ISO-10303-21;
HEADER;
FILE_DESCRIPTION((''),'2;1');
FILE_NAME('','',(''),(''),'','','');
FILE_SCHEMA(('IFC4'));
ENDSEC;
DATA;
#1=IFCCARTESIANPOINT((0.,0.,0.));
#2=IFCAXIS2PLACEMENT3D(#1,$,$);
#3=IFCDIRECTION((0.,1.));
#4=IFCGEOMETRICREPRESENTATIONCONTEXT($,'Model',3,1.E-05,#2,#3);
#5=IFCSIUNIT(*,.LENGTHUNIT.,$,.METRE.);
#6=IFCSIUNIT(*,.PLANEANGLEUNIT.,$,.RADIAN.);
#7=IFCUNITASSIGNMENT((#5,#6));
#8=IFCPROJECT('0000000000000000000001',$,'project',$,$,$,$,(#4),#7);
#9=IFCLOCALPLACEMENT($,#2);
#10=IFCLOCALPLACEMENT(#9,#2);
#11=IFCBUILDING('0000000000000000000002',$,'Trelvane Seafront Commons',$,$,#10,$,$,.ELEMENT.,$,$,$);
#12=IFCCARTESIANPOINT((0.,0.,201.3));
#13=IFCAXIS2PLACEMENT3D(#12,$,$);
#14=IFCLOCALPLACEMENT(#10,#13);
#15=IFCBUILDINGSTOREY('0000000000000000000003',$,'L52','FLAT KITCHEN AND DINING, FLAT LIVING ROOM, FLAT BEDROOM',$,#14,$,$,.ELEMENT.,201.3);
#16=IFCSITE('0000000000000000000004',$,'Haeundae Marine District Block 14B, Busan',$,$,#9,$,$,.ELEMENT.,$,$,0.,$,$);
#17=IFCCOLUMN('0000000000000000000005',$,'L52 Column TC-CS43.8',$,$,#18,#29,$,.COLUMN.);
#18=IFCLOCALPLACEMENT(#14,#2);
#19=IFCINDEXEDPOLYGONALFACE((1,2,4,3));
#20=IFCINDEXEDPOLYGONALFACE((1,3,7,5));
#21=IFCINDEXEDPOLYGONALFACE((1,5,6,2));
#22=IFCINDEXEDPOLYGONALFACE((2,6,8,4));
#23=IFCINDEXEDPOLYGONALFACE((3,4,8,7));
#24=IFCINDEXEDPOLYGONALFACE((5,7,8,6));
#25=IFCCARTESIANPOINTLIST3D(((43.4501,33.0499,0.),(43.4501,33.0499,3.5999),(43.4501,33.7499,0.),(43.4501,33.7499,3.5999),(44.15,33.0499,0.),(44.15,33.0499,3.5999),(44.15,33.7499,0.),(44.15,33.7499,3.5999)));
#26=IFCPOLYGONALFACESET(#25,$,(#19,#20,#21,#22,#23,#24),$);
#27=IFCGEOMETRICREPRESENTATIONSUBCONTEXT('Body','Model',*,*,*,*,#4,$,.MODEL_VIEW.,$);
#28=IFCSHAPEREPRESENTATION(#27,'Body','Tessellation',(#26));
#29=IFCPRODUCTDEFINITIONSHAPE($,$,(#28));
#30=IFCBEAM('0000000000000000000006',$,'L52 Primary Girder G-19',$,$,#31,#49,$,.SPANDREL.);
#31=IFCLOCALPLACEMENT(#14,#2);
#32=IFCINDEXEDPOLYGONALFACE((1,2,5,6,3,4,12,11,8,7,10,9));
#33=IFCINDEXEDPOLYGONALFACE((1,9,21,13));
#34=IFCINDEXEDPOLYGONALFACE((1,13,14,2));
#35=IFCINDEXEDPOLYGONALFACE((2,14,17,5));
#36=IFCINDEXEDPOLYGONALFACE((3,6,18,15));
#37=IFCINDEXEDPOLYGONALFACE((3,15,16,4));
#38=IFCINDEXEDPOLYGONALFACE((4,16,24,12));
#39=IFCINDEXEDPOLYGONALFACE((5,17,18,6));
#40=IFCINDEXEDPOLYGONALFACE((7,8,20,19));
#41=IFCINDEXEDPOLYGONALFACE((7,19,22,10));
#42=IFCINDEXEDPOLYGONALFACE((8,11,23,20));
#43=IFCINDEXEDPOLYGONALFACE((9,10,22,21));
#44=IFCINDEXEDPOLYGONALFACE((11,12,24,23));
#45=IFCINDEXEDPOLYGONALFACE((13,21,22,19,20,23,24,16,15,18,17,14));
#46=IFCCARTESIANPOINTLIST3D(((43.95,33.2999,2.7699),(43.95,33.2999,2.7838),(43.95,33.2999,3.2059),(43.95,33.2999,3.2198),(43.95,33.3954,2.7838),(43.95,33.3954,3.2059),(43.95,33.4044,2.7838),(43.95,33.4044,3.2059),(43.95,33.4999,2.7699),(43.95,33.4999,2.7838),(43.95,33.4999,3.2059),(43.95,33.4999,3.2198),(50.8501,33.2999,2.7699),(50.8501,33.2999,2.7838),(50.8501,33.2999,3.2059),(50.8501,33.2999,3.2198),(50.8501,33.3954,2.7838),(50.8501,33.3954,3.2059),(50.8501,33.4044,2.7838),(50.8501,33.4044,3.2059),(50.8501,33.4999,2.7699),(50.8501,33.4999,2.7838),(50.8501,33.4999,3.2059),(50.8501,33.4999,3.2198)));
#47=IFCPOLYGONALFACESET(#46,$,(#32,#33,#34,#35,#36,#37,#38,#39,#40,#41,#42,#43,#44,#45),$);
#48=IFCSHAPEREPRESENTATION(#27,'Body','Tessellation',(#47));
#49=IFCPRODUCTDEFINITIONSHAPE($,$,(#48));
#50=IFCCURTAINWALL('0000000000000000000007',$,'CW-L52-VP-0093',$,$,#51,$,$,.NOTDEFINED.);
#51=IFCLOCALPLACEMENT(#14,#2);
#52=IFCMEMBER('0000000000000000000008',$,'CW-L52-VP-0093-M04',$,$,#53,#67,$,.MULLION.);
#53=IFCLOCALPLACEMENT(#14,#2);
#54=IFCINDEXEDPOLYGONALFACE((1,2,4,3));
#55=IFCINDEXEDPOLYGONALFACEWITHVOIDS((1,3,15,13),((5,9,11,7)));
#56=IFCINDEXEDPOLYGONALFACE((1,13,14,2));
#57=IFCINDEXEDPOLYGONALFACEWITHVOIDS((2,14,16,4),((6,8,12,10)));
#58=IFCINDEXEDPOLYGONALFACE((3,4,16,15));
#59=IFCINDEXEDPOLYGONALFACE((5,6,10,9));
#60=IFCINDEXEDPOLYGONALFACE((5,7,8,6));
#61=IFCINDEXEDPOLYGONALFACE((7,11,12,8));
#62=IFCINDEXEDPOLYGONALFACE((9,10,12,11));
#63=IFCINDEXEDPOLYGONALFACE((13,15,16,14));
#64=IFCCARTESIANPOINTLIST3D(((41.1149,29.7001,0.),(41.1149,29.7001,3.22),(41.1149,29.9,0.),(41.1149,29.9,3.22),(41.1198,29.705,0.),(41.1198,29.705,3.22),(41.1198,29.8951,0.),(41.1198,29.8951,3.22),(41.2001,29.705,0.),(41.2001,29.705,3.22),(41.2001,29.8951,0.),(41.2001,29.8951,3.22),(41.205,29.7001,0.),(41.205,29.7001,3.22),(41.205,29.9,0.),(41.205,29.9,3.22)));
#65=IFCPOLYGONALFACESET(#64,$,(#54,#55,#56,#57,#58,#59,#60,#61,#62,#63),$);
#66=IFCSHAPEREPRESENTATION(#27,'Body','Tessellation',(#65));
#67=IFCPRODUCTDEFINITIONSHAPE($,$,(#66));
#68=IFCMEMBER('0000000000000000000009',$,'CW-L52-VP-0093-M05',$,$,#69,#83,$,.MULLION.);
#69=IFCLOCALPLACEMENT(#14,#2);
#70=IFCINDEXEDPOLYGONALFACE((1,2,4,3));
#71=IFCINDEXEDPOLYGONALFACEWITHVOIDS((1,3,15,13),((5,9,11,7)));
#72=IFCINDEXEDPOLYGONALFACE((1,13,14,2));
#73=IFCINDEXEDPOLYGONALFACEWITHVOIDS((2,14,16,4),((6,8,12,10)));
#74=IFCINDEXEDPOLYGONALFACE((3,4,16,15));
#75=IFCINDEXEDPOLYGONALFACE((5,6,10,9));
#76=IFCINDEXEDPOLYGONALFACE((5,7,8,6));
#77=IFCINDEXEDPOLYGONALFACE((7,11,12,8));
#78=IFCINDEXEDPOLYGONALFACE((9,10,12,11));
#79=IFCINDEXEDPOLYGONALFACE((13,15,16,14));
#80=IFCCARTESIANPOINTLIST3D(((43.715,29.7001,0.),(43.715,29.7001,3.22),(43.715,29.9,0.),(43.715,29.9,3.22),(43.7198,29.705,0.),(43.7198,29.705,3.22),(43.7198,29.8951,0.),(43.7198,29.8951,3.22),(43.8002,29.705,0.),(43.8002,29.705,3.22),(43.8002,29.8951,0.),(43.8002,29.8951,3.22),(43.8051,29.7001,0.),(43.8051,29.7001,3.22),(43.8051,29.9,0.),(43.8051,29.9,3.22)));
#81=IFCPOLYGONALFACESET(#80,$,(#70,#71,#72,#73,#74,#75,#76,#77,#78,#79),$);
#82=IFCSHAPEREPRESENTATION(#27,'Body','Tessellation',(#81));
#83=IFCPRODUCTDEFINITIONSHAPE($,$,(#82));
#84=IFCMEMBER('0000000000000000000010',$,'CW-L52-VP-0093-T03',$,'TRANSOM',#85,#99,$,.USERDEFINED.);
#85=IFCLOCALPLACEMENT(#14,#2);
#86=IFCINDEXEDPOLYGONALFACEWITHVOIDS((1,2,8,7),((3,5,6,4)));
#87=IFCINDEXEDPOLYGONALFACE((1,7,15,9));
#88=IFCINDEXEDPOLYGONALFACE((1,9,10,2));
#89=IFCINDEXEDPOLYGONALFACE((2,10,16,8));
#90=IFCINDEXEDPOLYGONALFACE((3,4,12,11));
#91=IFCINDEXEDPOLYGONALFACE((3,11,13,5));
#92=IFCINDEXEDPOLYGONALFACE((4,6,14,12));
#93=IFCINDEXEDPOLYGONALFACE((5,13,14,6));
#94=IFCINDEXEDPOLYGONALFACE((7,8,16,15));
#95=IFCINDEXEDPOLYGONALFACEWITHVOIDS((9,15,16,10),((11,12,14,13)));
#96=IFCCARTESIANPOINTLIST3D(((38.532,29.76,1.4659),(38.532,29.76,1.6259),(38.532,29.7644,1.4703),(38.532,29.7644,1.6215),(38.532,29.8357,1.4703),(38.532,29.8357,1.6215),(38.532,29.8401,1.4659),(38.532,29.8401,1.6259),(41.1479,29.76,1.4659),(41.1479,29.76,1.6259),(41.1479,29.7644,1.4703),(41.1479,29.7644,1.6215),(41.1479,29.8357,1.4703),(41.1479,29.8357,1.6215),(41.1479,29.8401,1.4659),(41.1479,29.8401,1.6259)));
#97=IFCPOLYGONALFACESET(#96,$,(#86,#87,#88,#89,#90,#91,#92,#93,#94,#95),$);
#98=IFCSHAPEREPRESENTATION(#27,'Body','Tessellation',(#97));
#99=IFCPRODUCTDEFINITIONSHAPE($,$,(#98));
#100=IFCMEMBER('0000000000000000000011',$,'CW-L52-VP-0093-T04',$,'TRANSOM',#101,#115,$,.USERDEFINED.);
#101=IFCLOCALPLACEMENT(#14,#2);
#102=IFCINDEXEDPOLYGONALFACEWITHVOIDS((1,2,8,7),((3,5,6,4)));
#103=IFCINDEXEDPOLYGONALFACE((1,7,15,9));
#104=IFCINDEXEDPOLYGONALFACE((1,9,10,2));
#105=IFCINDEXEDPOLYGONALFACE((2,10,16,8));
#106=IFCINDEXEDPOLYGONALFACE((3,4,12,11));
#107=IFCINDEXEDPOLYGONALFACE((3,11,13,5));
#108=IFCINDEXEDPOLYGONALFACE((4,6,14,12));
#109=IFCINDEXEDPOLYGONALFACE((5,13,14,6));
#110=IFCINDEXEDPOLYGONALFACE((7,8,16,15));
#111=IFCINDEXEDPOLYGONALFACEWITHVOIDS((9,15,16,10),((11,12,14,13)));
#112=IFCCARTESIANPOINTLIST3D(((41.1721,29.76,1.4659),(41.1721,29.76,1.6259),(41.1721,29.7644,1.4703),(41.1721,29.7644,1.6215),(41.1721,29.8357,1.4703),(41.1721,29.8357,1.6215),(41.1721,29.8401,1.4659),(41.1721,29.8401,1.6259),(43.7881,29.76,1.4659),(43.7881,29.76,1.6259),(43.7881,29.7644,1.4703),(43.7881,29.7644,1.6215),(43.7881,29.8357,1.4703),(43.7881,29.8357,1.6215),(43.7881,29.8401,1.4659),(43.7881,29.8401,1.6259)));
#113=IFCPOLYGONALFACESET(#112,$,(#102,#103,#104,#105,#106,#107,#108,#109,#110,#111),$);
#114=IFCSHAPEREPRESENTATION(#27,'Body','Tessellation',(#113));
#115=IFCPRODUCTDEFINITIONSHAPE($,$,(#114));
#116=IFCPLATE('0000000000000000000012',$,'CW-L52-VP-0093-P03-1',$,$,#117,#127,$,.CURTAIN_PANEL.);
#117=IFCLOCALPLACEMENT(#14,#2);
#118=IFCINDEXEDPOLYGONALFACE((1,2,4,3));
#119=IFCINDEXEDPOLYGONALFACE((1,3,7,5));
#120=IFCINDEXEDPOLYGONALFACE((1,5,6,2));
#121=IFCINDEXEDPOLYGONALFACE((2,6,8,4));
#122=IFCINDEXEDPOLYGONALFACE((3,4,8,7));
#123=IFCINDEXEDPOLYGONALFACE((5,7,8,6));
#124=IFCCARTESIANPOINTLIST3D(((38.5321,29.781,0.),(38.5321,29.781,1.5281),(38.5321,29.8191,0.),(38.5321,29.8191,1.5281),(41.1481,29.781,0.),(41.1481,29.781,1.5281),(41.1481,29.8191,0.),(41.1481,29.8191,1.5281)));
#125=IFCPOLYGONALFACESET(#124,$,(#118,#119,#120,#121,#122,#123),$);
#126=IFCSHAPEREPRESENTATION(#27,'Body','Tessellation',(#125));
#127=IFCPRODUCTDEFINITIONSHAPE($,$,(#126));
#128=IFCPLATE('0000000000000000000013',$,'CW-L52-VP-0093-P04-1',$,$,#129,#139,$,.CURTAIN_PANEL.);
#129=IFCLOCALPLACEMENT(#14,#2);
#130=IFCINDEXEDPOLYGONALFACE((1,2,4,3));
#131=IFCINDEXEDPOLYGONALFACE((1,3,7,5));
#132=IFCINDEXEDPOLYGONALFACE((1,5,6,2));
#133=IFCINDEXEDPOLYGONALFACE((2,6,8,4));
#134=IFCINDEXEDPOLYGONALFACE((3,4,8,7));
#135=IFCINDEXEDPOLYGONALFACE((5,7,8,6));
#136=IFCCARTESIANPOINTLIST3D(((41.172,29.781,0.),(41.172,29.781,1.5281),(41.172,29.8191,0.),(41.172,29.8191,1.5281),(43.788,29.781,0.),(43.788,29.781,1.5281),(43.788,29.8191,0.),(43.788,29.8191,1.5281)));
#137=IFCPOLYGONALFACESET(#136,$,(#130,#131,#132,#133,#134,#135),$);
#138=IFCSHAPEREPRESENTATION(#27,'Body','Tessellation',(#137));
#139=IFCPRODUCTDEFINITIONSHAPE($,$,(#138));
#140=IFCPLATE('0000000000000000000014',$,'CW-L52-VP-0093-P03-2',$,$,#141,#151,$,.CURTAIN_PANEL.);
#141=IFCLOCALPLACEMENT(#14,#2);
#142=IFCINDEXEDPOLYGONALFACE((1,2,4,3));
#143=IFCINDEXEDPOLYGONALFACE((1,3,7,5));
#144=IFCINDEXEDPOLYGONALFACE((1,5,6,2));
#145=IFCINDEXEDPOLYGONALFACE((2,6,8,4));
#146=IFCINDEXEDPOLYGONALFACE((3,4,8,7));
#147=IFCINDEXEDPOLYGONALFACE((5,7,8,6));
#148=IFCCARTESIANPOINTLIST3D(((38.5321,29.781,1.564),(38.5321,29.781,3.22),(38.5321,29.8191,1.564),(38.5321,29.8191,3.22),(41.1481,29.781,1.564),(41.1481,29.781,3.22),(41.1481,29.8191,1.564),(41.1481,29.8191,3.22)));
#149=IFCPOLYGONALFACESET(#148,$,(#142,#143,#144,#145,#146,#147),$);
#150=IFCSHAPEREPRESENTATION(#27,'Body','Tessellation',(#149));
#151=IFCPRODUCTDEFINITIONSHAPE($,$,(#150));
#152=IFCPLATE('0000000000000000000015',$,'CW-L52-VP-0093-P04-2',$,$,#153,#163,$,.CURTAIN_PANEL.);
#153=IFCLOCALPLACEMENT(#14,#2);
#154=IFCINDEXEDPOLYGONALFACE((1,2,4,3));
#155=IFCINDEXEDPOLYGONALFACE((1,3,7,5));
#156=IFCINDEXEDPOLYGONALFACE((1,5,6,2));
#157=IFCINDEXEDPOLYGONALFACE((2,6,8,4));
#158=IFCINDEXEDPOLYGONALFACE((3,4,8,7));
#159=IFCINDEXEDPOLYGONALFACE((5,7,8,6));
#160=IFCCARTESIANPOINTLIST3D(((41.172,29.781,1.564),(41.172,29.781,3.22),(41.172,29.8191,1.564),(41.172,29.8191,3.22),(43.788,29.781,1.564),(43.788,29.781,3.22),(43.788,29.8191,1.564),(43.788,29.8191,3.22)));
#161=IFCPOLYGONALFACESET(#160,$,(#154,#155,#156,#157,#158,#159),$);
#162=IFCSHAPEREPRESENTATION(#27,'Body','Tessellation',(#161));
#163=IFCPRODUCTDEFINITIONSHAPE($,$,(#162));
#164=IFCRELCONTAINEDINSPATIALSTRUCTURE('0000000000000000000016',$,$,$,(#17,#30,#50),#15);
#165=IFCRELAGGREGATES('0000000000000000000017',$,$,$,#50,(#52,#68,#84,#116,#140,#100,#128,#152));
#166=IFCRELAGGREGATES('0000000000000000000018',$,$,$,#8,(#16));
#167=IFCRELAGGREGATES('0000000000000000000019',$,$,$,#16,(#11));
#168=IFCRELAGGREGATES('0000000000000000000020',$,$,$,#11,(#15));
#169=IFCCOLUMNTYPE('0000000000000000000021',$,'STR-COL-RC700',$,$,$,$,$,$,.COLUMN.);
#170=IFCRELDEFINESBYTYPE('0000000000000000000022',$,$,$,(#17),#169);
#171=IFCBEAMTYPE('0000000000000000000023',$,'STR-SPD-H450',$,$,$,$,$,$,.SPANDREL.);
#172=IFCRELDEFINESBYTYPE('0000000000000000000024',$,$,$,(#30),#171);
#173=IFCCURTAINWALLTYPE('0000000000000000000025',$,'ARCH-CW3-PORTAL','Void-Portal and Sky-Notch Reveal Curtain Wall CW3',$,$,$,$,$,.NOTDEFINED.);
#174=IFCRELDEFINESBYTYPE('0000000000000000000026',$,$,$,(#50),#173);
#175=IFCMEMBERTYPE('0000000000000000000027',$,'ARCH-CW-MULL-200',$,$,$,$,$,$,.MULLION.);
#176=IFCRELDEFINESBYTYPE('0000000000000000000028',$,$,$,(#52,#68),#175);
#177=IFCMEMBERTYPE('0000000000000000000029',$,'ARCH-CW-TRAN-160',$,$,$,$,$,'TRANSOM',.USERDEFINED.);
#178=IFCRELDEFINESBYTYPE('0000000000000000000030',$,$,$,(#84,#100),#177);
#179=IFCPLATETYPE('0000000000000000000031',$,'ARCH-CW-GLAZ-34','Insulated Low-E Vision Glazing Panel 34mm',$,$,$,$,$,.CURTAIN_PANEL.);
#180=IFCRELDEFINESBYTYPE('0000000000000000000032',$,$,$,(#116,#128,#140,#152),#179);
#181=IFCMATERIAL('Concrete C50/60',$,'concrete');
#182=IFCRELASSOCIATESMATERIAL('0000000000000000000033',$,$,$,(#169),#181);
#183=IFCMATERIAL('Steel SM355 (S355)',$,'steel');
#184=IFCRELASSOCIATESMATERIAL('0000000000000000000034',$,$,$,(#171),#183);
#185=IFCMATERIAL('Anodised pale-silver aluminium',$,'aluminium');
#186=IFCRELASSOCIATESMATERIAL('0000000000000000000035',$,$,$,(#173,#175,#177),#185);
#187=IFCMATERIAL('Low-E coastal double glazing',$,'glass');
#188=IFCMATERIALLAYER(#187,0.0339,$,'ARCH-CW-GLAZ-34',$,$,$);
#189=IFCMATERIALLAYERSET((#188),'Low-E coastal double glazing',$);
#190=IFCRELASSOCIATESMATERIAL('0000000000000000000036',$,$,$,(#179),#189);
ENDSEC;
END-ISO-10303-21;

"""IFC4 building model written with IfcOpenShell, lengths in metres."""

from ifc_helpers import new_model, si_unit, direction, frame, origin, origin_2d, place, context, subcontext, project, spatial, rectangle, hollow_rectangle, i_section, extrude, source, transform, mapped, material, layer, layer_set, material_profile, profile_set, type_object, element, aggregate, save


model = new_model("IFC4")

# Units and contexts
model_context = context("Model", 3, precision=1e-05, world=origin(), true_north=direction((0.0, 1.0)))
body_context = subcontext(model_context, "Body", "Model", "MODEL_VIEW")
ifc_project = project(units=[si_unit("LENGTHUNIT", "METRE"), si_unit("PLANEANGLEUNIT", "RADIAN")], contexts=[model_context])

# Site, building, storey
site_placement = place(None, origin())
site = spatial("IfcSite", under=ifc_project, at=site_placement, Name="Haeundae Marine District Block 14B, Busan", CompositionType="ELEMENT", RefElevation=0.0)
building_placement = place(site_placement, origin())
building = spatial("IfcBuilding", under=site, at=building_placement, Name="Trelvane Seafront Commons", CompositionType="ELEMENT")
storey_placement = place(building_placement, frame((0.0, 0.0, 201.3)))
storey = spatial("IfcBuildingStorey", under=building, at=storey_placement, Name="L52", Description="FLAT KITCHEN AND DINING, FLAT LIVING ROOM, FLAT BEDROOM", CompositionType="ELEMENT", Elevation=201.3)

# Column
ifc_material_1 = material(Name="Concrete C50/60", Category="concrete")
ifc_material_profile_1 = material_profile(ifc_material_1, rectangle(XDim=0.7, YDim=0.7, at=origin_2d()), Name="RC-700x700")
ifc_profile_set_1 = profile_set([ifc_material_profile_1], Name="Concrete C50/60")
column_type = type_object("IfcColumnType", Name="STR-COL-RC700", PredefinedType="COLUMN", material=ifc_profile_set_1)
shared_shape_1 = source(origin(), body_context, "Body", "SweptSolid", [
    extrude(rectangle(XDim=0.7, YDim=0.7, at=origin_2d()), origin(), (0.0, 0.0, 1.0), 3.5999),
])
column_placement = place(storey_placement, frame((43.8, 33.3999, 0.0), z_axis=(0.0, 0.0, 1.0), x_axis=(1.0, 0.0, 0.0)))
element("IfcColumn", 1, at=column_placement, inside=storey, type_object=column_type, Name="L52 Column TC-CS43.8", PredefinedType="COLUMN", context=body_context, shape_type="MappedRepresentation", body=[
    mapped(shared_shape_1, transform((0.0, 0.0, 0.0), x_axis=(1.0, 0.0, 0.0), y_axis=(0.0, 1.0, 0.0), z_axis=(0.0, 0.0, 1.0), scale=1.0)),
])

# Beam
ifc_material_2 = material(Name="Steel SM355 (S355)", Category="steel")
ifc_material_profile_2 = material_profile(ifc_material_2, i_section(OverallWidth=0.2, OverallDepth=0.45, WebThickness=0.009, FlangeThickness=0.0139, at=origin_2d()), Name="H-450x200x9x14")
ifc_profile_set_2 = profile_set([ifc_material_profile_2], Name="Steel SM355 (S355)")
beam_type = type_object("IfcBeamType", Name="STR-SPD-H450", PredefinedType="SPANDREL", material=ifc_profile_set_2)
shared_shape_2 = source(origin(), body_context, "Body", "SweptSolid", [
    extrude(i_section(OverallWidth=0.2, OverallDepth=0.45, WebThickness=0.009, FlangeThickness=0.0139, at=origin_2d()), origin(), (0.0, 0.0, 1.0), 6.9001),
])
beam_placement = place(storey_placement, frame((43.95, 33.3999, 2.9949), z_axis=(1.0, 0.0, 0.0), x_axis=(0.0, 1.0, 0.0)))
element("IfcBeam", 2, at=beam_placement, inside=storey, type_object=beam_type, Name="L52 Primary Girder G-19", PredefinedType="SPANDREL", context=body_context, shape_type="MappedRepresentation", body=[
    mapped(shared_shape_2, transform((0.0, 0.0, 0.0), x_axis=(1.0, 0.0, 0.0), y_axis=(0.0, 1.0, 0.0), z_axis=(0.0, 0.0, 1.0), scale=1.0)),
])

# Curtain wall, members, plates
ifc_material_3 = material(Name="Anodised pale-silver aluminium", Category="aluminium")
curtain_wall_type = type_object("IfcCurtainWallType", Name="ARCH-CW3-PORTAL", Description="Void-Portal and Sky-Notch Reveal Curtain Wall CW3", PredefinedType="NOTDEFINED", material=ifc_material_3)
curtain_wall_placement = place(storey_placement, origin())
curtain_wall = element("IfcCurtainWall", 3, at=curtain_wall_placement, inside=storey, type_object=curtain_wall_type, Name="CW-L52-VP-0093", PredefinedType="NOTDEFINED")
ifc_material_profile_3 = material_profile(ifc_material_3, hollow_rectangle(XDim=0.0901, YDim=0.2, WallThickness=0.0049, at=origin_2d()), Name="MULL-90x200x5")
ifc_profile_set_3 = profile_set([ifc_material_profile_3], Name="Anodised pale-silver aluminium")
member_type_1 = type_object("IfcMemberType", Name="ARCH-CW-MULL-200", PredefinedType="MULLION", material=ifc_profile_set_3)
shared_shape_3 = source(origin(), body_context, "Body", "SweptSolid", [
    extrude(hollow_rectangle(XDim=0.0901, YDim=0.2, WallThickness=0.0049, at=origin_2d()), origin(), (0.0, 0.0, 1.0), 3.22),
])
member_1_placement = place(storey_placement, frame((41.1599, 29.8, 0.0), z_axis=(0.0, 0.0, 1.0), x_axis=(1.0, 0.0, 0.0)))
member_1 = element("IfcMember", 4, at=member_1_placement, type_object=member_type_1, Name="CW-L52-VP-0093-M04", PredefinedType="MULLION", context=body_context, shape_type="MappedRepresentation", body=[
    mapped(shared_shape_3, transform((0.0, 0.0, 0.0), x_axis=(1.0, 0.0, 0.0), y_axis=(0.0, 1.0, 0.0), z_axis=(0.0, 0.0, 1.0), scale=1.0)),
])
member_2_placement = place(storey_placement, frame((43.76, 29.8, 0.0), z_axis=(0.0, 0.0, 1.0), x_axis=(1.0, 0.0, 0.0)))
member_2 = element("IfcMember", 5, at=member_2_placement, type_object=member_type_1, Name="CW-L52-VP-0093-M05", PredefinedType="MULLION", context=body_context, shape_type="MappedRepresentation", body=[
    mapped(shared_shape_3, transform((0.0, 0.0, 0.0), x_axis=(1.0, 0.0, 0.0), y_axis=(0.0, 1.0, 0.0), z_axis=(0.0, 0.0, 1.0), scale=1.0)),
])
ifc_material_profile_4 = material_profile(ifc_material_3, hollow_rectangle(XDim=0.0801, YDim=0.1599, WallThickness=0.0044, at=origin_2d()), Name="TRAN-80x160x4.5")
ifc_profile_set_4 = profile_set([ifc_material_profile_4], Name="Anodised pale-silver aluminium")
member_type_2 = type_object("IfcMemberType", Name="ARCH-CW-TRAN-160", ElementType="TRANSOM", PredefinedType="USERDEFINED", material=ifc_profile_set_4)
shared_shape_4 = source(origin(), body_context, "Body", "SweptSolid", [
    extrude(hollow_rectangle(XDim=0.0801, YDim=0.1599, WallThickness=0.0044, at=origin_2d()), origin(), (0.0, 0.0, 1.0), 2.616),
])
member_3_placement = place(storey_placement, frame((38.532, 29.8, 1.5459), z_axis=(1.0, 0.0, 0.0), x_axis=(0.0, 1.0, 0.0)))
member_3 = element("IfcMember", 6, at=member_3_placement, type_object=member_type_2, Name="CW-L52-VP-0093-T03", ObjectType="TRANSOM", PredefinedType="USERDEFINED", context=body_context, shape_type="MappedRepresentation", body=[
    mapped(shared_shape_4, transform((0.0, 0.0, 0.0), x_axis=(1.0, 0.0, 0.0), y_axis=(0.0, 1.0, 0.0), z_axis=(0.0, 0.0, 1.0), scale=1.0)),
])
member_4_placement = place(storey_placement, frame((41.1721, 29.8, 1.5459), z_axis=(1.0, 0.0, 0.0), x_axis=(0.0, 1.0, 0.0)))
member_4 = element("IfcMember", 7, at=member_4_placement, type_object=member_type_2, Name="CW-L52-VP-0093-T04", ObjectType="TRANSOM", PredefinedType="USERDEFINED", context=body_context, shape_type="MappedRepresentation", body=[
    mapped(shared_shape_4, transform((0.0, 0.0, 0.0), x_axis=(1.0, 0.0, 0.0), y_axis=(0.0, 1.0, 0.0), z_axis=(0.0, 0.0, 1.0), scale=1.0)),
])
ifc_material_4 = material(Name="Low-E coastal double glazing", Category="glass")
ifc_layer_1 = layer(ifc_material_4, 0.0339, Name="ARCH-CW-GLAZ-34")
ifc_layer_set_1 = layer_set([ifc_layer_1], Name="Low-E coastal double glazing")
plate_type = type_object("IfcPlateType", Name="ARCH-CW-GLAZ-34", Description="Insulated Low-E Vision Glazing Panel 34mm", PredefinedType="CURTAIN_PANEL", material=ifc_layer_set_1)
shared_shape_5 = source(origin(), body_context, "Body", "SweptSolid", [
    extrude(rectangle(XDim=2.616, YDim=0.0381, at=origin_2d()), origin(), (0.0, 0.0, 1.0), 1.5281),
])
plate_1_placement = place(storey_placement, frame((39.8401, 29.8, 0.0), z_axis=(0.0, 0.0, 1.0), x_axis=(1.0, 0.0, 0.0)))
plate_1 = element("IfcPlate", 8, at=plate_1_placement, type_object=plate_type, Name="CW-L52-VP-0093-P03-1", PredefinedType="CURTAIN_PANEL", context=body_context, shape_type="MappedRepresentation", body=[
    mapped(shared_shape_5, transform((0.0, 0.0, 0.0), x_axis=(1.0, 0.0, 0.0), y_axis=(0.0, 1.0, 0.0), z_axis=(0.0, 0.0, 1.0), scale=1.0)),
])
plate_2_placement = place(storey_placement, frame((42.48, 29.8, 0.0), z_axis=(0.0, 0.0, 1.0), x_axis=(1.0, 0.0, 0.0)))
plate_2 = element("IfcPlate", 9, at=plate_2_placement, type_object=plate_type, Name="CW-L52-VP-0093-P04-1", PredefinedType="CURTAIN_PANEL", context=body_context, shape_type="MappedRepresentation", body=[
    mapped(shared_shape_5, transform((0.0, 0.0, 0.0), x_axis=(1.0, 0.0, 0.0), y_axis=(0.0, 1.0, 0.0), z_axis=(0.0, 0.0, 1.0), scale=1.0)),
])
shared_shape_6 = source(origin(), body_context, "Body", "SweptSolid", [
    extrude(rectangle(XDim=2.616, YDim=0.0381, at=origin_2d()), origin(), (0.0, 0.0, 1.0), 1.656),
])
plate_3_placement = place(storey_placement, frame((39.8401, 29.8, 1.564), z_axis=(0.0, 0.0, 1.0), x_axis=(1.0, 0.0, 0.0)))
plate_3 = element("IfcPlate", 10, at=plate_3_placement, type_object=plate_type, Name="CW-L52-VP-0093-P03-2", PredefinedType="CURTAIN_PANEL", context=body_context, shape_type="MappedRepresentation", body=[
    mapped(shared_shape_6, transform((0.0, 0.0, 0.0), x_axis=(1.0, 0.0, 0.0), y_axis=(0.0, 1.0, 0.0), z_axis=(0.0, 0.0, 1.0), scale=1.0)),
])
plate_4_placement = place(storey_placement, frame((42.48, 29.8, 1.564), z_axis=(0.0, 0.0, 1.0), x_axis=(1.0, 0.0, 0.0)))
plate_4 = element("IfcPlate", 11, at=plate_4_placement, type_object=plate_type, Name="CW-L52-VP-0093-P04-2", PredefinedType="CURTAIN_PANEL", context=body_context, shape_type="MappedRepresentation", body=[
    mapped(shared_shape_6, transform((0.0, 0.0, 0.0), x_axis=(1.0, 0.0, 0.0), y_axis=(0.0, 1.0, 0.0), z_axis=(0.0, 0.0, 1.0), scale=1.0)),
])
aggregate(curtain_wall, [member_1, member_2, member_3, plate_1, plate_3, member_4, plate_2, plate_4])

save(model, "model.ifc")
